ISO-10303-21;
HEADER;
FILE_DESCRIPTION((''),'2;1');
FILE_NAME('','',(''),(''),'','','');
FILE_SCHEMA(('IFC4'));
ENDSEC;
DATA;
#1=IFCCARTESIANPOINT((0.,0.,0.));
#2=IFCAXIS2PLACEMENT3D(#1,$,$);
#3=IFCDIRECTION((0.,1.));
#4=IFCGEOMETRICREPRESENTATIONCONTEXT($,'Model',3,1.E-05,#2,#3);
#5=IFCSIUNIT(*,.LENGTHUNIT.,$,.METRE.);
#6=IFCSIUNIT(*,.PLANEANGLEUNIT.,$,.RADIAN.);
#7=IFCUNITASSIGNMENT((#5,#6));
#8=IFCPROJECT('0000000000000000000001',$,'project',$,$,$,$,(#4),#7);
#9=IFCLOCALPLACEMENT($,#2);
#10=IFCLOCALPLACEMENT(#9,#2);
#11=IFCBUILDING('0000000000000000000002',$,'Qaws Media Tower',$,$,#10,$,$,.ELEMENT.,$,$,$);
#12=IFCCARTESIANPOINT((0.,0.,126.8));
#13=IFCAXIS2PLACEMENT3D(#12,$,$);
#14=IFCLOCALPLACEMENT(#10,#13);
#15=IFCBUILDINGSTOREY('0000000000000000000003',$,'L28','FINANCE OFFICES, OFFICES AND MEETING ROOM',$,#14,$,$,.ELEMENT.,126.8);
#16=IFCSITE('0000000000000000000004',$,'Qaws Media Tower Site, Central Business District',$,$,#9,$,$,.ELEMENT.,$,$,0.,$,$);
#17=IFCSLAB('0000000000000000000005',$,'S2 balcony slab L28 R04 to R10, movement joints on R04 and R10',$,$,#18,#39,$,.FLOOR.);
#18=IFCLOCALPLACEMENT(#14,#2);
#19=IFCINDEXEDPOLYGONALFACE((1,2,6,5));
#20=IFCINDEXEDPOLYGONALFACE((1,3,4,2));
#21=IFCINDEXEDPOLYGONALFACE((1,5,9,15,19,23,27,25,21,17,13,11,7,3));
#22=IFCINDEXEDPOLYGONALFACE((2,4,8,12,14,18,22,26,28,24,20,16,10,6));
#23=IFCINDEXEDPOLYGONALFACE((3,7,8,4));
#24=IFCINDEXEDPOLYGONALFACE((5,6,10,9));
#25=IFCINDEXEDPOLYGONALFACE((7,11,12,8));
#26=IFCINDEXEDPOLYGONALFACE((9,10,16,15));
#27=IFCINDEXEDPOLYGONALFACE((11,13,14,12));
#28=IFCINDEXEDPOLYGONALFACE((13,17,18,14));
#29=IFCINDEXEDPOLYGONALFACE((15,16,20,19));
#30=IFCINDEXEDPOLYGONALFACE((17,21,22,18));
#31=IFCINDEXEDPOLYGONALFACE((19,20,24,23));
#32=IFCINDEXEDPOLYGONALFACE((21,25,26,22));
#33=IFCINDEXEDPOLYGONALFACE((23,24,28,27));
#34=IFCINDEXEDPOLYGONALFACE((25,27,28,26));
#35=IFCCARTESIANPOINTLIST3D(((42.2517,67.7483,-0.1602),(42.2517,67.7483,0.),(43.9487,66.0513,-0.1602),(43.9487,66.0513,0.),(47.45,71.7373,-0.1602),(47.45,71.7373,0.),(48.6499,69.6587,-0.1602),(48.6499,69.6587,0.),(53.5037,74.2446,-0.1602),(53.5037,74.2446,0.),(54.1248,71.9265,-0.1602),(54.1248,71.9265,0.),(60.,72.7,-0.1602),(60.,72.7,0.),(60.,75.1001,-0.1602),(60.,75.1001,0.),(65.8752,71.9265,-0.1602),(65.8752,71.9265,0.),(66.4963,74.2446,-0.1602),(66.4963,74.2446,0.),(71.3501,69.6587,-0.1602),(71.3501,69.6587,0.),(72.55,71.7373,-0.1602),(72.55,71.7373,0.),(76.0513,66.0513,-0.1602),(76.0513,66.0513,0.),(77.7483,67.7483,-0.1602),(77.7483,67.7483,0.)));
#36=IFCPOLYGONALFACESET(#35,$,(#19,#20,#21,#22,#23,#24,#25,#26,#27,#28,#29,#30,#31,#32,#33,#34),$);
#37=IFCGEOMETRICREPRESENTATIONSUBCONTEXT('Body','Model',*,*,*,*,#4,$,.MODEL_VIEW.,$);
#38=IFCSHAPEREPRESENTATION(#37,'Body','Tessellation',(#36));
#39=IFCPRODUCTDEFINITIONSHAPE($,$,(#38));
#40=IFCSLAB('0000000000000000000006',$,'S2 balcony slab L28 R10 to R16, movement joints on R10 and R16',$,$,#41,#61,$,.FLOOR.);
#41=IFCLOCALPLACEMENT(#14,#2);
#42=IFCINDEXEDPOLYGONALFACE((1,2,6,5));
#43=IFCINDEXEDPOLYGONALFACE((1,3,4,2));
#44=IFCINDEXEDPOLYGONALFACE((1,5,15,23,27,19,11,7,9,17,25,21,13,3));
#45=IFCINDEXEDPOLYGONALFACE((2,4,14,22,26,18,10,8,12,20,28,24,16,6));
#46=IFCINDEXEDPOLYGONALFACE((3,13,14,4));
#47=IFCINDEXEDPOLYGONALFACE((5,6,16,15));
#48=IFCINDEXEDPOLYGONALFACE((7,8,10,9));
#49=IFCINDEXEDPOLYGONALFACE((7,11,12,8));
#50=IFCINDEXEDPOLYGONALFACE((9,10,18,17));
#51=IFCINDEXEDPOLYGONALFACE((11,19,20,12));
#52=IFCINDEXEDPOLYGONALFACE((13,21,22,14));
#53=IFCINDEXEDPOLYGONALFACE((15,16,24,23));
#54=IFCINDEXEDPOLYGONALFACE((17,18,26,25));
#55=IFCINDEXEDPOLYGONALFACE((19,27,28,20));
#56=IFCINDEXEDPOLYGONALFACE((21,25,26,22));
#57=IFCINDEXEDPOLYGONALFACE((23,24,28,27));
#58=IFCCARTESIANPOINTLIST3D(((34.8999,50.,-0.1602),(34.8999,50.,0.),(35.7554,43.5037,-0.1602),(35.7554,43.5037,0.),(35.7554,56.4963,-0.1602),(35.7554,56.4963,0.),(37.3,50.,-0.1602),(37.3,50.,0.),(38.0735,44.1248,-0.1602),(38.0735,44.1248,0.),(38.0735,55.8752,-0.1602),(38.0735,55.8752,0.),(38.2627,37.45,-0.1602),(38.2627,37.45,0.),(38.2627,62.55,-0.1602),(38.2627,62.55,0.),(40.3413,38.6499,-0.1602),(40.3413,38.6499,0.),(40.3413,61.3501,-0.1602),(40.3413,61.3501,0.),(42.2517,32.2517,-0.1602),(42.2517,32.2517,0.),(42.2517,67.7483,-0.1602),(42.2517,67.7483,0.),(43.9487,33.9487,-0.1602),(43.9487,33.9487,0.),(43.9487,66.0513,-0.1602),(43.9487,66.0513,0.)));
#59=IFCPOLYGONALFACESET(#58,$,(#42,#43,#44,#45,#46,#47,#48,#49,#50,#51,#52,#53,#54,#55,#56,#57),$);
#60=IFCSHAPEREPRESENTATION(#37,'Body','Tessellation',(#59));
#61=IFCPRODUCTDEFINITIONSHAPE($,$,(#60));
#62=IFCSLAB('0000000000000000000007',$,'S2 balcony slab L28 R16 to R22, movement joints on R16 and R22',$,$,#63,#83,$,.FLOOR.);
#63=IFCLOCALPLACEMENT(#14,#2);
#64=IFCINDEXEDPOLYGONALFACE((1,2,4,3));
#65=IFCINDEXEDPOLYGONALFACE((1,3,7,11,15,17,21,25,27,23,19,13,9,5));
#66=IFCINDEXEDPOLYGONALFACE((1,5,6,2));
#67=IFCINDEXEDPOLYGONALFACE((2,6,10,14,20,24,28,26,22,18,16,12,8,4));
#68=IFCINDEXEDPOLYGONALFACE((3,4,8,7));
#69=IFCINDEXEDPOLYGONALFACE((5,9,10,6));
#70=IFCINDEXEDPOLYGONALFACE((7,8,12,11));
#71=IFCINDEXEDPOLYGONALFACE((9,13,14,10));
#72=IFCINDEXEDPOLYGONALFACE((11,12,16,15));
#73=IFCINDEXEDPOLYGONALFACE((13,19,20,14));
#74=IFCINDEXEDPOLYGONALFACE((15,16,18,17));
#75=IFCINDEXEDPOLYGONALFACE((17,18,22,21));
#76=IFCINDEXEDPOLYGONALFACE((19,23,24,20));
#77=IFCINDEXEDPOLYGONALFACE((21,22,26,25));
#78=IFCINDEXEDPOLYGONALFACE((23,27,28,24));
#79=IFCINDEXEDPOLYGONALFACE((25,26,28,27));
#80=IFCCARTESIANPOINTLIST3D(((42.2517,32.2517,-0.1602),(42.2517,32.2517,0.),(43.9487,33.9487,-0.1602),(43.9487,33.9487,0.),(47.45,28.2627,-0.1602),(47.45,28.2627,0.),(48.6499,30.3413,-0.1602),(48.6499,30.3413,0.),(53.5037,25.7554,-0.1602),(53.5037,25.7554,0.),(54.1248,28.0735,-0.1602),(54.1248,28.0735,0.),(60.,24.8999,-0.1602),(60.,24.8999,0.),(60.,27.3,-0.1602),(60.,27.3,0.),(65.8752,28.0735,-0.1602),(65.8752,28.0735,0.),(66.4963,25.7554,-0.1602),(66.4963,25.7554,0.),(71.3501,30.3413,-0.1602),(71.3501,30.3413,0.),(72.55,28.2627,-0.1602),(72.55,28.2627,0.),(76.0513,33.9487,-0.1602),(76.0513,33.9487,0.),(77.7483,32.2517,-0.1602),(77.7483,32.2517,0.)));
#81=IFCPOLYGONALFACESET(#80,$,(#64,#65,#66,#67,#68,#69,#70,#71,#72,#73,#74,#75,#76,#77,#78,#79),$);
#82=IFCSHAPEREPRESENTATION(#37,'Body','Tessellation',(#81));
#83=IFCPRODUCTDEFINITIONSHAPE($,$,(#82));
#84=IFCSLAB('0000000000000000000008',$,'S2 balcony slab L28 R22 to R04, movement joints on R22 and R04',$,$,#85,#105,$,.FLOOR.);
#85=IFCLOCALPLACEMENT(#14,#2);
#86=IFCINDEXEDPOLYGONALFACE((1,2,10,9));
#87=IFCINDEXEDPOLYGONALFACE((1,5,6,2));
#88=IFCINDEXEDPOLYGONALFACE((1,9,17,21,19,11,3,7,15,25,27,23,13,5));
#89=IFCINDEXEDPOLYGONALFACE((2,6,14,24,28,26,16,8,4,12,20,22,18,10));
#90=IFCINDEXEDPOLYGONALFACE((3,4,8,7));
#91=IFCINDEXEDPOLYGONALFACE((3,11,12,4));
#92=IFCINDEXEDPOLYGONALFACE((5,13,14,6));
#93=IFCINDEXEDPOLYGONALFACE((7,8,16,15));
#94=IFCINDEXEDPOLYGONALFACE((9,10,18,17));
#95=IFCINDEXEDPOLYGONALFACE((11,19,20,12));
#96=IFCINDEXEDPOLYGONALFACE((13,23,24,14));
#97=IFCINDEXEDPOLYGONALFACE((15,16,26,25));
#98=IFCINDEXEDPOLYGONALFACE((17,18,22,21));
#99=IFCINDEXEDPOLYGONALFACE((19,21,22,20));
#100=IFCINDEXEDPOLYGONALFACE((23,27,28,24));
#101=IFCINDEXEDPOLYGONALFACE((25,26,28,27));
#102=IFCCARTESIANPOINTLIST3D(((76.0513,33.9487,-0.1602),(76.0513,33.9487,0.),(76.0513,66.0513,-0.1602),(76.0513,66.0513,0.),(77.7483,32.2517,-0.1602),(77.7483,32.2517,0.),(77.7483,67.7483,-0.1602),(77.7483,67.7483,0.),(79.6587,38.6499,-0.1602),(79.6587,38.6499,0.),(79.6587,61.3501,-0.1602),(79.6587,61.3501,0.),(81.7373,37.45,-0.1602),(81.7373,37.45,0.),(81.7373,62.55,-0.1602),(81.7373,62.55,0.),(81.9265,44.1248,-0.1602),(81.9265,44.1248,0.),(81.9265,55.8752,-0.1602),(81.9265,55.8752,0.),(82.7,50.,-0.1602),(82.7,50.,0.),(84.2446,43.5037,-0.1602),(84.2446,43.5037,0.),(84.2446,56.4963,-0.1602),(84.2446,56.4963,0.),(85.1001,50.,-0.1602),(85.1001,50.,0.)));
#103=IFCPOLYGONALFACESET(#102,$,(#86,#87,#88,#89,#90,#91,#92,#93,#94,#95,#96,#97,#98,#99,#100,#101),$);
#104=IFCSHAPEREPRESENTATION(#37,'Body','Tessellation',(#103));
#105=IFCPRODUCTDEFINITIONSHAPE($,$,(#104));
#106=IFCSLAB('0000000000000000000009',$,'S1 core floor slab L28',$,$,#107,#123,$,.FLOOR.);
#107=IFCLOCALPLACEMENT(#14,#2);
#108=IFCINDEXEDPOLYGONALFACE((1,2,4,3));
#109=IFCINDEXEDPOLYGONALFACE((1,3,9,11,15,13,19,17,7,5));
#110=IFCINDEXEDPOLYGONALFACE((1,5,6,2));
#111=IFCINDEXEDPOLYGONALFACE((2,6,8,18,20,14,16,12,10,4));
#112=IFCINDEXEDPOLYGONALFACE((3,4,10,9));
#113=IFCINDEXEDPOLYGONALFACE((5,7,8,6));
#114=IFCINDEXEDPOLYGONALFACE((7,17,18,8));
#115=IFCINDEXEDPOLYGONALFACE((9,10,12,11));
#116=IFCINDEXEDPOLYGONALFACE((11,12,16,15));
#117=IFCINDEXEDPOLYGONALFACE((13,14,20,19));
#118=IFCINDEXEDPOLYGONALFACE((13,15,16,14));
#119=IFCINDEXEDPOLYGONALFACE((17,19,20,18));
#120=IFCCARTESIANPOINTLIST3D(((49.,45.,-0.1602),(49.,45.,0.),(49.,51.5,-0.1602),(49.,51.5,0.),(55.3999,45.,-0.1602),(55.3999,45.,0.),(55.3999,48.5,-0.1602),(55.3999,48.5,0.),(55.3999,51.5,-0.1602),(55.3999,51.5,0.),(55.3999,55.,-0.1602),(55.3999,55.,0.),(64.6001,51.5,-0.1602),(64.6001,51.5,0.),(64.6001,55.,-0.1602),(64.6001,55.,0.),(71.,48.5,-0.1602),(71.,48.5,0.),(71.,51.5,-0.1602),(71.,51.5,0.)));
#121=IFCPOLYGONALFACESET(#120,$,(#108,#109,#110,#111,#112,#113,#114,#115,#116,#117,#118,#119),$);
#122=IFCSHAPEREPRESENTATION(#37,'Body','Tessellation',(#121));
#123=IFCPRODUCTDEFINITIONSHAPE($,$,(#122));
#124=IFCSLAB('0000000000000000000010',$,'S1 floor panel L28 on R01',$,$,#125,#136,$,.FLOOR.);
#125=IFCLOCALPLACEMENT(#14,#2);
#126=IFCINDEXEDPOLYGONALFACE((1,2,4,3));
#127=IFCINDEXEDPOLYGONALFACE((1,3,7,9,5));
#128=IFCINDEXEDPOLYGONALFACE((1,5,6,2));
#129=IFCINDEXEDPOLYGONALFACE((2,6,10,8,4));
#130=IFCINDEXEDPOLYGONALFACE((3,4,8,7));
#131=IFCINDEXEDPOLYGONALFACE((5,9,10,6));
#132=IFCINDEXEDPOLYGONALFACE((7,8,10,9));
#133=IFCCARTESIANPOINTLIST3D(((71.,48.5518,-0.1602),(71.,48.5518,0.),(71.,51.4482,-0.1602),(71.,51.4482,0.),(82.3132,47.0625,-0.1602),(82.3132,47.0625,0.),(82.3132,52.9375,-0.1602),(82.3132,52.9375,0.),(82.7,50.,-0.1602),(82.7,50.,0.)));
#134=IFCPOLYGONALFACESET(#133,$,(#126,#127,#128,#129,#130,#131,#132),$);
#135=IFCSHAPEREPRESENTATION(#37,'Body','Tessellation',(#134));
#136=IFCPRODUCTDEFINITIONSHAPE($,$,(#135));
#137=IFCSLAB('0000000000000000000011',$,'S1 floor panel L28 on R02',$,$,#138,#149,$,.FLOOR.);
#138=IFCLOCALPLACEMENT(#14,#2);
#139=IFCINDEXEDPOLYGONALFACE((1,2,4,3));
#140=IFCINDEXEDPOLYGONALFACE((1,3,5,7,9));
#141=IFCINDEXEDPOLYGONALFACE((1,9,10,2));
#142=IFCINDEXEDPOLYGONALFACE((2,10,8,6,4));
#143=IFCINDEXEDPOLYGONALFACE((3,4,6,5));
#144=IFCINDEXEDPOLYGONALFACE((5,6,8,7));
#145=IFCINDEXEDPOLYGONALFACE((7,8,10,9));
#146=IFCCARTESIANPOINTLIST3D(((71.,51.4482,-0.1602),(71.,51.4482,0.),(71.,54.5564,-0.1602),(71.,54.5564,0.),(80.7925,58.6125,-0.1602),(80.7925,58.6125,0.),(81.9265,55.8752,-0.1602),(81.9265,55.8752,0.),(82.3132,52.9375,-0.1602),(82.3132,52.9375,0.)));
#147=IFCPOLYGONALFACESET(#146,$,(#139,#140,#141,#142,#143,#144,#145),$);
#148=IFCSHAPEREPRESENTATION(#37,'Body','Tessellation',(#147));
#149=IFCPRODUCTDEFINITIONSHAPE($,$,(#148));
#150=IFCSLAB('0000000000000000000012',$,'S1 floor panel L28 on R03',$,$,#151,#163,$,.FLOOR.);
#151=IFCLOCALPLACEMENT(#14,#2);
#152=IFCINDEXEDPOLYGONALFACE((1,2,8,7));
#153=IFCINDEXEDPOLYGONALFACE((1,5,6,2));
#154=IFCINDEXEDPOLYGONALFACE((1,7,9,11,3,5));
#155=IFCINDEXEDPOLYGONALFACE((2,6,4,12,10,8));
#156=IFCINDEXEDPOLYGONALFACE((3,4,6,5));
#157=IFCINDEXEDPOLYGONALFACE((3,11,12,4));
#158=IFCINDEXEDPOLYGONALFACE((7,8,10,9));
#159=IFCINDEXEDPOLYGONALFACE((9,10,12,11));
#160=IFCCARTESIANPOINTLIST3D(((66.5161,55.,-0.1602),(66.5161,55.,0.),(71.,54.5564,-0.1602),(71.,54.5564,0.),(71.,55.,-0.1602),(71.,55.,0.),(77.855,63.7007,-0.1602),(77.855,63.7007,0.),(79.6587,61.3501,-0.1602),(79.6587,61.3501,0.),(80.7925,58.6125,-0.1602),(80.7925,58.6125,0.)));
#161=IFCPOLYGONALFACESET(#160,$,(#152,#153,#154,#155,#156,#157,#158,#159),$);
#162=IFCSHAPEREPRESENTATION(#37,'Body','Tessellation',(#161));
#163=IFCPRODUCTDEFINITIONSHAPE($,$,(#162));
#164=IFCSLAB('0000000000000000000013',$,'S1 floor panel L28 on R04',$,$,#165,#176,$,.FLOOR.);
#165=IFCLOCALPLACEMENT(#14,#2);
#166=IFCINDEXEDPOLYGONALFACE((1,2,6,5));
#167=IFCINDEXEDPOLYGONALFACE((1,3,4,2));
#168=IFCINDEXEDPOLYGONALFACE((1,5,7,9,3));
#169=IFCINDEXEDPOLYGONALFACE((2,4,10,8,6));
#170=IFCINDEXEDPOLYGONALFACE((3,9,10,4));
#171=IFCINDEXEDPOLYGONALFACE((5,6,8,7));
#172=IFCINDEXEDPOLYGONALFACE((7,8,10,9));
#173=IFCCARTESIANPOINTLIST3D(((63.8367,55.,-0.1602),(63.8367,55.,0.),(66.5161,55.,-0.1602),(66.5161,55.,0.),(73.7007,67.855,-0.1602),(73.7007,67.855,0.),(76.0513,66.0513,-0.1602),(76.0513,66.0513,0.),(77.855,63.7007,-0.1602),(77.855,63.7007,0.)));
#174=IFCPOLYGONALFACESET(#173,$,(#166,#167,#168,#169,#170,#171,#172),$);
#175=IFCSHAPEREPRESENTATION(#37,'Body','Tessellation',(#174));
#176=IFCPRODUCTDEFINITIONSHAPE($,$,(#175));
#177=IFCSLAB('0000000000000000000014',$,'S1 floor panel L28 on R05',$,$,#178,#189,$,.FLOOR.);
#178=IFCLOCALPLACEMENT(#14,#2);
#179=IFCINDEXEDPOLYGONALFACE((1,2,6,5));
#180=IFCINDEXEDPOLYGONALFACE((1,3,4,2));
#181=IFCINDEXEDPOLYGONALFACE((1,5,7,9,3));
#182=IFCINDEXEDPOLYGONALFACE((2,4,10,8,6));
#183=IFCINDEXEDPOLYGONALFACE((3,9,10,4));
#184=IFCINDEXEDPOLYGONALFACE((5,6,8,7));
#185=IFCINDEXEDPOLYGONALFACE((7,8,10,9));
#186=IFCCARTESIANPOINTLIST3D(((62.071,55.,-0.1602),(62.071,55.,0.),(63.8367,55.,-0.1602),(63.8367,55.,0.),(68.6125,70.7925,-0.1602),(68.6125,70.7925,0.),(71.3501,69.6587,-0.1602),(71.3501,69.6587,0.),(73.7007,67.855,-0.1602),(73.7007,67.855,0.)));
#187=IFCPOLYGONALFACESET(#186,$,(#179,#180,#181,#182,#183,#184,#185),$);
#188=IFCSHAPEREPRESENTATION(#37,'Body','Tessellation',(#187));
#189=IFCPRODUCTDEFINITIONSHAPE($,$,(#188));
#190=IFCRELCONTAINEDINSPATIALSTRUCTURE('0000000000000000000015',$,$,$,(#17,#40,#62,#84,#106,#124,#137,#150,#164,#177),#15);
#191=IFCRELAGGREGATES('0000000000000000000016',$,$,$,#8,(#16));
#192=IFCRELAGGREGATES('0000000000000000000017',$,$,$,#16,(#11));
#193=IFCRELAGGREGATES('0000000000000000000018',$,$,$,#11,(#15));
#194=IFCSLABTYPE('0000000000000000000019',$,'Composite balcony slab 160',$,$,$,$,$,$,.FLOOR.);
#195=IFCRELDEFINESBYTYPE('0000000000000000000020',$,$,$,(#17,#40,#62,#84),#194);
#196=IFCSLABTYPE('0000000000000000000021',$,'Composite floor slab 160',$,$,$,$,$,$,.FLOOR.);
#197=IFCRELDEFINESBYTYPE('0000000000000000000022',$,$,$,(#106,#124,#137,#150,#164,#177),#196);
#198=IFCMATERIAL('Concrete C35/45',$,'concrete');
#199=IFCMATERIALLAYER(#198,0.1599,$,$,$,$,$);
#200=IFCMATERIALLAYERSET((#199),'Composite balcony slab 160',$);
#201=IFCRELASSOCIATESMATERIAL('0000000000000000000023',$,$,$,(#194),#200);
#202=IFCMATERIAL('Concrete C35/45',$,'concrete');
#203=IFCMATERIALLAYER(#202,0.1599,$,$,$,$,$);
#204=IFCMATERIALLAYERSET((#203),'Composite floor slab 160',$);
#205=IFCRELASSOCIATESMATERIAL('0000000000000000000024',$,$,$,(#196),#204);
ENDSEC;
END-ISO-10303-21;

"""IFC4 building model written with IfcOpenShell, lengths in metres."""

from ifc_helpers import new_model, si_unit, direction, frame, origin, place, context, subcontext, project, spatial, polyline, outline, extrude, material, layer, layer_set, type_object, element, save


model = new_model("IFC4")

# Units and contexts
model_context = context("Model", 3, precision=1e-05, world=origin(), true_north=direction((0.0, 1.0)))
body_context = subcontext(model_context, "Body", "Model", "MODEL_VIEW")
ifc_project = project(units=[si_unit("LENGTHUNIT", "METRE"), si_unit("PLANEANGLEUNIT", "RADIAN")], contexts=[model_context])

# Site, building, storey
site_placement = place(None, origin())
site = spatial("IfcSite", under=ifc_project, at=site_placement, Name="Qaws Media Tower Site, Central Business District", CompositionType="ELEMENT", RefElevation=0.0)
building_placement = place(site_placement, origin())
building = spatial("IfcBuilding", under=site, at=building_placement, Name="Qaws Media Tower", CompositionType="ELEMENT")
storey_placement = place(building_placement, frame((0.0, 0.0, 126.8)))
storey = spatial("IfcBuildingStorey", under=building, at=storey_placement, Name="L28", Description="FINANCE OFFICES, OFFICES AND MEETING ROOM", CompositionType="ELEMENT", Elevation=126.8)

# Slabs
ifc_material_1 = material(Name="Concrete C35/45", Category="concrete")
ifc_layer_1 = layer(ifc_material_1, 0.1599)
ifc_layer_set_1 = layer_set([ifc_layer_1], Name="Composite balcony slab 160")
slab_type_1 = type_object("IfcSlabType", Name="Composite balcony slab 160", PredefinedType="FLOOR", material=ifc_layer_set_1)
slab_1_placement = place(storey_placement, frame((0.0, 0.0, -0.1602)))
element("IfcSlab", 1, at=slab_1_placement, inside=storey, type_object=slab_type_1, Name="S2 balcony slab L28 R04 to R10, movement joints on R04 and R10", PredefinedType="FLOOR", context=body_context, shape_type="SweptSolid", body=[
    extrude(outline(polyline([(47.45, 71.7373), (53.5037, 74.2446), (60.0, 75.1001), (66.4963, 74.2446), (72.55, 71.7373), (77.7483, 67.7483), (76.0513, 66.0513), (71.3501, 69.6587), (65.8752, 71.9265), (60.0, 72.7), (54.1248, 71.9265), (48.6499, 69.6587), (43.9487, 66.0513), (42.2517, 67.7483), (47.45, 71.7373)])), origin(), (0.0, 0.0, 1.0), 0.1602),
])
slab_2_placement = place(storey_placement, frame((0.0, 0.0, -0.1602)))
element("IfcSlab", 2, at=slab_2_placement, inside=storey, type_object=slab_type_1, Name="S2 balcony slab L28 R10 to R16, movement joints on R10 and R16", PredefinedType="FLOOR", context=body_context, shape_type="SweptSolid", body=[
    extrude(outline(polyline([(38.2627, 37.45), (35.7554, 43.5037), (34.8999, 50.0), (35.7554, 56.4963), (38.2627, 62.55), (42.2517, 67.7483), (43.9487, 66.0513), (40.3413, 61.3501), (38.0735, 55.8752), (37.3, 50.0), (38.0735, 44.1248), (40.3413, 38.6499), (43.9487, 33.9487), (42.2517, 32.2517), (38.2627, 37.45)])), origin(), (0.0, 0.0, 1.0), 0.1602),
])
slab_3_placement = place(storey_placement, frame((0.0, 0.0, -0.1602)))
element("IfcSlab", 3, at=slab_3_placement, inside=storey, type_object=slab_type_1, Name="S2 balcony slab L28 R16 to R22, movement joints on R16 and R22", PredefinedType="FLOOR", context=body_context, shape_type="SweptSolid", body=[
    extrude(outline(polyline([(72.55, 28.2627), (66.4963, 25.7554), (60.0, 24.8999), (53.5037, 25.7554), (47.45, 28.2627), (42.2517, 32.2517), (43.9487, 33.9487), (48.6499, 30.3413), (54.1248, 28.0735), (60.0, 27.3), (65.8752, 28.0735), (71.3501, 30.3413), (76.0513, 33.9487), (77.7483, 32.2517), (72.55, 28.2627)])), origin(), (0.0, 0.0, 1.0), 0.1602),
])
slab_4_placement = place(storey_placement, frame((0.0, 0.0, -0.1602)))
element("IfcSlab", 4, at=slab_4_placement, inside=storey, type_object=slab_type_1, Name="S2 balcony slab L28 R22 to R04, movement joints on R22 and R04", PredefinedType="FLOOR", context=body_context, shape_type="SweptSolid", body=[
    extrude(outline(polyline([(81.7373, 37.45), (77.7483, 32.2517), (76.0513, 33.9487), (79.6587, 38.6499), (81.9265, 44.1248), (82.7, 50.0), (81.9265, 55.8752), (79.6587, 61.3501), (76.0513, 66.0513), (77.7483, 67.7483), (81.7373, 62.55), (84.2446, 56.4963), (85.1001, 50.0), (84.2446, 43.5037), (81.7373, 37.45)])), origin(), (0.0, 0.0, 1.0), 0.1602),
])
ifc_material_2 = material(Name="Concrete C35/45", Category="concrete")
ifc_layer_2 = layer(ifc_material_2, 0.1599)
ifc_layer_set_2 = layer_set([ifc_layer_2], Name="Composite floor slab 160")
slab_type_2 = type_object("IfcSlabType", Name="Composite floor slab 160", PredefinedType="FLOOR", material=ifc_layer_set_2)
slab_5_placement = place(storey_placement, frame((0.0, 0.0, -0.1602)))
element("IfcSlab", 5, at=slab_5_placement, inside=storey, type_object=slab_type_2, Name="S1 core floor slab L28", PredefinedType="FLOOR", context=body_context, shape_type="SweptSolid", body=[
    extrude(outline(polyline([(71.0, 51.5), (71.0, 48.5), (55.3999, 48.5), (55.3999, 45.0), (49.0, 45.0), (49.0, 51.5), (55.3999, 51.5), (55.3999, 55.0), (64.6001, 55.0), (64.6001, 51.5), (71.0, 51.5)])), origin(), (0.0, 0.0, 1.0), 0.1602),
])
slab_6_placement = place(storey_placement, frame((0.0, 0.0, -0.1602)))
element("IfcSlab", 6, at=slab_6_placement, inside=storey, type_object=slab_type_2, Name="S1 floor panel L28 on R01", PredefinedType="FLOOR", context=body_context, shape_type="SweptSolid", body=[
    extrude(outline(polyline([(82.7, 50.0), (82.3132, 47.0625), (71.0, 48.5518), (71.0, 51.4482), (82.3132, 52.9375), (82.7, 50.0)])), origin(), (0.0, 0.0, 1.0), 0.1602),
])
slab_7_placement = place(storey_placement, frame((0.0, 0.0, -0.1602)))
element("IfcSlab", 7, at=slab_7_placement, inside=storey, type_object=slab_type_2, Name="S1 floor panel L28 on R02", PredefinedType="FLOOR", context=body_context, shape_type="SweptSolid", body=[
    extrude(outline(polyline([(81.9265, 55.8752), (82.3132, 52.9375), (71.0, 51.4482), (71.0, 54.5564), (80.7925, 58.6125), (81.9265, 55.8752)])), origin(), (0.0, 0.0, 1.0), 0.1602),
])
slab_8_placement = place(storey_placement, frame((0.0, 0.0, -0.1602)))
element("IfcSlab", 8, at=slab_8_placement, inside=storey, type_object=slab_type_2, Name="S1 floor panel L28 on R03", PredefinedType="FLOOR", context=body_context, shape_type="SweptSolid", body=[
    extrude(outline(polyline([(79.6587, 61.3501), (80.7925, 58.6125), (71.0, 54.5564), (71.0, 55.0), (66.5161, 55.0), (77.855, 63.7007), (79.6587, 61.3501)])), origin(), (0.0, 0.0, 1.0), 0.1602),
])
slab_9_placement = place(storey_placement, frame((0.0, 0.0, -0.1602)))
element("IfcSlab", 9, at=slab_9_placement, inside=storey, type_object=slab_type_2, Name="S1 floor panel L28 on R04", PredefinedType="FLOOR", context=body_context, shape_type="SweptSolid", body=[
    extrude(outline(polyline([(76.0513, 66.0513), (77.855, 63.7007), (66.5161, 55.0), (63.8367, 55.0), (73.7007, 67.855), (76.0513, 66.0513)])), origin(), (0.0, 0.0, 1.0), 0.1602),
])
slab_10_placement = place(storey_placement, frame((0.0, 0.0, -0.1602)))
element("IfcSlab", 10, at=slab_10_placement, inside=storey, type_object=slab_type_2, Name="S1 floor panel L28 on R05", PredefinedType="FLOOR", context=body_context, shape_type="SweptSolid", body=[
    extrude(outline(polyline([(71.3501, 69.6587), (73.7007, 67.855), (63.8367, 55.0), (62.071, 55.0), (68.6125, 70.7925), (71.3501, 69.6587)])), origin(), (0.0, 0.0, 1.0), 0.1602),
])

save(model, "model.ifc")
